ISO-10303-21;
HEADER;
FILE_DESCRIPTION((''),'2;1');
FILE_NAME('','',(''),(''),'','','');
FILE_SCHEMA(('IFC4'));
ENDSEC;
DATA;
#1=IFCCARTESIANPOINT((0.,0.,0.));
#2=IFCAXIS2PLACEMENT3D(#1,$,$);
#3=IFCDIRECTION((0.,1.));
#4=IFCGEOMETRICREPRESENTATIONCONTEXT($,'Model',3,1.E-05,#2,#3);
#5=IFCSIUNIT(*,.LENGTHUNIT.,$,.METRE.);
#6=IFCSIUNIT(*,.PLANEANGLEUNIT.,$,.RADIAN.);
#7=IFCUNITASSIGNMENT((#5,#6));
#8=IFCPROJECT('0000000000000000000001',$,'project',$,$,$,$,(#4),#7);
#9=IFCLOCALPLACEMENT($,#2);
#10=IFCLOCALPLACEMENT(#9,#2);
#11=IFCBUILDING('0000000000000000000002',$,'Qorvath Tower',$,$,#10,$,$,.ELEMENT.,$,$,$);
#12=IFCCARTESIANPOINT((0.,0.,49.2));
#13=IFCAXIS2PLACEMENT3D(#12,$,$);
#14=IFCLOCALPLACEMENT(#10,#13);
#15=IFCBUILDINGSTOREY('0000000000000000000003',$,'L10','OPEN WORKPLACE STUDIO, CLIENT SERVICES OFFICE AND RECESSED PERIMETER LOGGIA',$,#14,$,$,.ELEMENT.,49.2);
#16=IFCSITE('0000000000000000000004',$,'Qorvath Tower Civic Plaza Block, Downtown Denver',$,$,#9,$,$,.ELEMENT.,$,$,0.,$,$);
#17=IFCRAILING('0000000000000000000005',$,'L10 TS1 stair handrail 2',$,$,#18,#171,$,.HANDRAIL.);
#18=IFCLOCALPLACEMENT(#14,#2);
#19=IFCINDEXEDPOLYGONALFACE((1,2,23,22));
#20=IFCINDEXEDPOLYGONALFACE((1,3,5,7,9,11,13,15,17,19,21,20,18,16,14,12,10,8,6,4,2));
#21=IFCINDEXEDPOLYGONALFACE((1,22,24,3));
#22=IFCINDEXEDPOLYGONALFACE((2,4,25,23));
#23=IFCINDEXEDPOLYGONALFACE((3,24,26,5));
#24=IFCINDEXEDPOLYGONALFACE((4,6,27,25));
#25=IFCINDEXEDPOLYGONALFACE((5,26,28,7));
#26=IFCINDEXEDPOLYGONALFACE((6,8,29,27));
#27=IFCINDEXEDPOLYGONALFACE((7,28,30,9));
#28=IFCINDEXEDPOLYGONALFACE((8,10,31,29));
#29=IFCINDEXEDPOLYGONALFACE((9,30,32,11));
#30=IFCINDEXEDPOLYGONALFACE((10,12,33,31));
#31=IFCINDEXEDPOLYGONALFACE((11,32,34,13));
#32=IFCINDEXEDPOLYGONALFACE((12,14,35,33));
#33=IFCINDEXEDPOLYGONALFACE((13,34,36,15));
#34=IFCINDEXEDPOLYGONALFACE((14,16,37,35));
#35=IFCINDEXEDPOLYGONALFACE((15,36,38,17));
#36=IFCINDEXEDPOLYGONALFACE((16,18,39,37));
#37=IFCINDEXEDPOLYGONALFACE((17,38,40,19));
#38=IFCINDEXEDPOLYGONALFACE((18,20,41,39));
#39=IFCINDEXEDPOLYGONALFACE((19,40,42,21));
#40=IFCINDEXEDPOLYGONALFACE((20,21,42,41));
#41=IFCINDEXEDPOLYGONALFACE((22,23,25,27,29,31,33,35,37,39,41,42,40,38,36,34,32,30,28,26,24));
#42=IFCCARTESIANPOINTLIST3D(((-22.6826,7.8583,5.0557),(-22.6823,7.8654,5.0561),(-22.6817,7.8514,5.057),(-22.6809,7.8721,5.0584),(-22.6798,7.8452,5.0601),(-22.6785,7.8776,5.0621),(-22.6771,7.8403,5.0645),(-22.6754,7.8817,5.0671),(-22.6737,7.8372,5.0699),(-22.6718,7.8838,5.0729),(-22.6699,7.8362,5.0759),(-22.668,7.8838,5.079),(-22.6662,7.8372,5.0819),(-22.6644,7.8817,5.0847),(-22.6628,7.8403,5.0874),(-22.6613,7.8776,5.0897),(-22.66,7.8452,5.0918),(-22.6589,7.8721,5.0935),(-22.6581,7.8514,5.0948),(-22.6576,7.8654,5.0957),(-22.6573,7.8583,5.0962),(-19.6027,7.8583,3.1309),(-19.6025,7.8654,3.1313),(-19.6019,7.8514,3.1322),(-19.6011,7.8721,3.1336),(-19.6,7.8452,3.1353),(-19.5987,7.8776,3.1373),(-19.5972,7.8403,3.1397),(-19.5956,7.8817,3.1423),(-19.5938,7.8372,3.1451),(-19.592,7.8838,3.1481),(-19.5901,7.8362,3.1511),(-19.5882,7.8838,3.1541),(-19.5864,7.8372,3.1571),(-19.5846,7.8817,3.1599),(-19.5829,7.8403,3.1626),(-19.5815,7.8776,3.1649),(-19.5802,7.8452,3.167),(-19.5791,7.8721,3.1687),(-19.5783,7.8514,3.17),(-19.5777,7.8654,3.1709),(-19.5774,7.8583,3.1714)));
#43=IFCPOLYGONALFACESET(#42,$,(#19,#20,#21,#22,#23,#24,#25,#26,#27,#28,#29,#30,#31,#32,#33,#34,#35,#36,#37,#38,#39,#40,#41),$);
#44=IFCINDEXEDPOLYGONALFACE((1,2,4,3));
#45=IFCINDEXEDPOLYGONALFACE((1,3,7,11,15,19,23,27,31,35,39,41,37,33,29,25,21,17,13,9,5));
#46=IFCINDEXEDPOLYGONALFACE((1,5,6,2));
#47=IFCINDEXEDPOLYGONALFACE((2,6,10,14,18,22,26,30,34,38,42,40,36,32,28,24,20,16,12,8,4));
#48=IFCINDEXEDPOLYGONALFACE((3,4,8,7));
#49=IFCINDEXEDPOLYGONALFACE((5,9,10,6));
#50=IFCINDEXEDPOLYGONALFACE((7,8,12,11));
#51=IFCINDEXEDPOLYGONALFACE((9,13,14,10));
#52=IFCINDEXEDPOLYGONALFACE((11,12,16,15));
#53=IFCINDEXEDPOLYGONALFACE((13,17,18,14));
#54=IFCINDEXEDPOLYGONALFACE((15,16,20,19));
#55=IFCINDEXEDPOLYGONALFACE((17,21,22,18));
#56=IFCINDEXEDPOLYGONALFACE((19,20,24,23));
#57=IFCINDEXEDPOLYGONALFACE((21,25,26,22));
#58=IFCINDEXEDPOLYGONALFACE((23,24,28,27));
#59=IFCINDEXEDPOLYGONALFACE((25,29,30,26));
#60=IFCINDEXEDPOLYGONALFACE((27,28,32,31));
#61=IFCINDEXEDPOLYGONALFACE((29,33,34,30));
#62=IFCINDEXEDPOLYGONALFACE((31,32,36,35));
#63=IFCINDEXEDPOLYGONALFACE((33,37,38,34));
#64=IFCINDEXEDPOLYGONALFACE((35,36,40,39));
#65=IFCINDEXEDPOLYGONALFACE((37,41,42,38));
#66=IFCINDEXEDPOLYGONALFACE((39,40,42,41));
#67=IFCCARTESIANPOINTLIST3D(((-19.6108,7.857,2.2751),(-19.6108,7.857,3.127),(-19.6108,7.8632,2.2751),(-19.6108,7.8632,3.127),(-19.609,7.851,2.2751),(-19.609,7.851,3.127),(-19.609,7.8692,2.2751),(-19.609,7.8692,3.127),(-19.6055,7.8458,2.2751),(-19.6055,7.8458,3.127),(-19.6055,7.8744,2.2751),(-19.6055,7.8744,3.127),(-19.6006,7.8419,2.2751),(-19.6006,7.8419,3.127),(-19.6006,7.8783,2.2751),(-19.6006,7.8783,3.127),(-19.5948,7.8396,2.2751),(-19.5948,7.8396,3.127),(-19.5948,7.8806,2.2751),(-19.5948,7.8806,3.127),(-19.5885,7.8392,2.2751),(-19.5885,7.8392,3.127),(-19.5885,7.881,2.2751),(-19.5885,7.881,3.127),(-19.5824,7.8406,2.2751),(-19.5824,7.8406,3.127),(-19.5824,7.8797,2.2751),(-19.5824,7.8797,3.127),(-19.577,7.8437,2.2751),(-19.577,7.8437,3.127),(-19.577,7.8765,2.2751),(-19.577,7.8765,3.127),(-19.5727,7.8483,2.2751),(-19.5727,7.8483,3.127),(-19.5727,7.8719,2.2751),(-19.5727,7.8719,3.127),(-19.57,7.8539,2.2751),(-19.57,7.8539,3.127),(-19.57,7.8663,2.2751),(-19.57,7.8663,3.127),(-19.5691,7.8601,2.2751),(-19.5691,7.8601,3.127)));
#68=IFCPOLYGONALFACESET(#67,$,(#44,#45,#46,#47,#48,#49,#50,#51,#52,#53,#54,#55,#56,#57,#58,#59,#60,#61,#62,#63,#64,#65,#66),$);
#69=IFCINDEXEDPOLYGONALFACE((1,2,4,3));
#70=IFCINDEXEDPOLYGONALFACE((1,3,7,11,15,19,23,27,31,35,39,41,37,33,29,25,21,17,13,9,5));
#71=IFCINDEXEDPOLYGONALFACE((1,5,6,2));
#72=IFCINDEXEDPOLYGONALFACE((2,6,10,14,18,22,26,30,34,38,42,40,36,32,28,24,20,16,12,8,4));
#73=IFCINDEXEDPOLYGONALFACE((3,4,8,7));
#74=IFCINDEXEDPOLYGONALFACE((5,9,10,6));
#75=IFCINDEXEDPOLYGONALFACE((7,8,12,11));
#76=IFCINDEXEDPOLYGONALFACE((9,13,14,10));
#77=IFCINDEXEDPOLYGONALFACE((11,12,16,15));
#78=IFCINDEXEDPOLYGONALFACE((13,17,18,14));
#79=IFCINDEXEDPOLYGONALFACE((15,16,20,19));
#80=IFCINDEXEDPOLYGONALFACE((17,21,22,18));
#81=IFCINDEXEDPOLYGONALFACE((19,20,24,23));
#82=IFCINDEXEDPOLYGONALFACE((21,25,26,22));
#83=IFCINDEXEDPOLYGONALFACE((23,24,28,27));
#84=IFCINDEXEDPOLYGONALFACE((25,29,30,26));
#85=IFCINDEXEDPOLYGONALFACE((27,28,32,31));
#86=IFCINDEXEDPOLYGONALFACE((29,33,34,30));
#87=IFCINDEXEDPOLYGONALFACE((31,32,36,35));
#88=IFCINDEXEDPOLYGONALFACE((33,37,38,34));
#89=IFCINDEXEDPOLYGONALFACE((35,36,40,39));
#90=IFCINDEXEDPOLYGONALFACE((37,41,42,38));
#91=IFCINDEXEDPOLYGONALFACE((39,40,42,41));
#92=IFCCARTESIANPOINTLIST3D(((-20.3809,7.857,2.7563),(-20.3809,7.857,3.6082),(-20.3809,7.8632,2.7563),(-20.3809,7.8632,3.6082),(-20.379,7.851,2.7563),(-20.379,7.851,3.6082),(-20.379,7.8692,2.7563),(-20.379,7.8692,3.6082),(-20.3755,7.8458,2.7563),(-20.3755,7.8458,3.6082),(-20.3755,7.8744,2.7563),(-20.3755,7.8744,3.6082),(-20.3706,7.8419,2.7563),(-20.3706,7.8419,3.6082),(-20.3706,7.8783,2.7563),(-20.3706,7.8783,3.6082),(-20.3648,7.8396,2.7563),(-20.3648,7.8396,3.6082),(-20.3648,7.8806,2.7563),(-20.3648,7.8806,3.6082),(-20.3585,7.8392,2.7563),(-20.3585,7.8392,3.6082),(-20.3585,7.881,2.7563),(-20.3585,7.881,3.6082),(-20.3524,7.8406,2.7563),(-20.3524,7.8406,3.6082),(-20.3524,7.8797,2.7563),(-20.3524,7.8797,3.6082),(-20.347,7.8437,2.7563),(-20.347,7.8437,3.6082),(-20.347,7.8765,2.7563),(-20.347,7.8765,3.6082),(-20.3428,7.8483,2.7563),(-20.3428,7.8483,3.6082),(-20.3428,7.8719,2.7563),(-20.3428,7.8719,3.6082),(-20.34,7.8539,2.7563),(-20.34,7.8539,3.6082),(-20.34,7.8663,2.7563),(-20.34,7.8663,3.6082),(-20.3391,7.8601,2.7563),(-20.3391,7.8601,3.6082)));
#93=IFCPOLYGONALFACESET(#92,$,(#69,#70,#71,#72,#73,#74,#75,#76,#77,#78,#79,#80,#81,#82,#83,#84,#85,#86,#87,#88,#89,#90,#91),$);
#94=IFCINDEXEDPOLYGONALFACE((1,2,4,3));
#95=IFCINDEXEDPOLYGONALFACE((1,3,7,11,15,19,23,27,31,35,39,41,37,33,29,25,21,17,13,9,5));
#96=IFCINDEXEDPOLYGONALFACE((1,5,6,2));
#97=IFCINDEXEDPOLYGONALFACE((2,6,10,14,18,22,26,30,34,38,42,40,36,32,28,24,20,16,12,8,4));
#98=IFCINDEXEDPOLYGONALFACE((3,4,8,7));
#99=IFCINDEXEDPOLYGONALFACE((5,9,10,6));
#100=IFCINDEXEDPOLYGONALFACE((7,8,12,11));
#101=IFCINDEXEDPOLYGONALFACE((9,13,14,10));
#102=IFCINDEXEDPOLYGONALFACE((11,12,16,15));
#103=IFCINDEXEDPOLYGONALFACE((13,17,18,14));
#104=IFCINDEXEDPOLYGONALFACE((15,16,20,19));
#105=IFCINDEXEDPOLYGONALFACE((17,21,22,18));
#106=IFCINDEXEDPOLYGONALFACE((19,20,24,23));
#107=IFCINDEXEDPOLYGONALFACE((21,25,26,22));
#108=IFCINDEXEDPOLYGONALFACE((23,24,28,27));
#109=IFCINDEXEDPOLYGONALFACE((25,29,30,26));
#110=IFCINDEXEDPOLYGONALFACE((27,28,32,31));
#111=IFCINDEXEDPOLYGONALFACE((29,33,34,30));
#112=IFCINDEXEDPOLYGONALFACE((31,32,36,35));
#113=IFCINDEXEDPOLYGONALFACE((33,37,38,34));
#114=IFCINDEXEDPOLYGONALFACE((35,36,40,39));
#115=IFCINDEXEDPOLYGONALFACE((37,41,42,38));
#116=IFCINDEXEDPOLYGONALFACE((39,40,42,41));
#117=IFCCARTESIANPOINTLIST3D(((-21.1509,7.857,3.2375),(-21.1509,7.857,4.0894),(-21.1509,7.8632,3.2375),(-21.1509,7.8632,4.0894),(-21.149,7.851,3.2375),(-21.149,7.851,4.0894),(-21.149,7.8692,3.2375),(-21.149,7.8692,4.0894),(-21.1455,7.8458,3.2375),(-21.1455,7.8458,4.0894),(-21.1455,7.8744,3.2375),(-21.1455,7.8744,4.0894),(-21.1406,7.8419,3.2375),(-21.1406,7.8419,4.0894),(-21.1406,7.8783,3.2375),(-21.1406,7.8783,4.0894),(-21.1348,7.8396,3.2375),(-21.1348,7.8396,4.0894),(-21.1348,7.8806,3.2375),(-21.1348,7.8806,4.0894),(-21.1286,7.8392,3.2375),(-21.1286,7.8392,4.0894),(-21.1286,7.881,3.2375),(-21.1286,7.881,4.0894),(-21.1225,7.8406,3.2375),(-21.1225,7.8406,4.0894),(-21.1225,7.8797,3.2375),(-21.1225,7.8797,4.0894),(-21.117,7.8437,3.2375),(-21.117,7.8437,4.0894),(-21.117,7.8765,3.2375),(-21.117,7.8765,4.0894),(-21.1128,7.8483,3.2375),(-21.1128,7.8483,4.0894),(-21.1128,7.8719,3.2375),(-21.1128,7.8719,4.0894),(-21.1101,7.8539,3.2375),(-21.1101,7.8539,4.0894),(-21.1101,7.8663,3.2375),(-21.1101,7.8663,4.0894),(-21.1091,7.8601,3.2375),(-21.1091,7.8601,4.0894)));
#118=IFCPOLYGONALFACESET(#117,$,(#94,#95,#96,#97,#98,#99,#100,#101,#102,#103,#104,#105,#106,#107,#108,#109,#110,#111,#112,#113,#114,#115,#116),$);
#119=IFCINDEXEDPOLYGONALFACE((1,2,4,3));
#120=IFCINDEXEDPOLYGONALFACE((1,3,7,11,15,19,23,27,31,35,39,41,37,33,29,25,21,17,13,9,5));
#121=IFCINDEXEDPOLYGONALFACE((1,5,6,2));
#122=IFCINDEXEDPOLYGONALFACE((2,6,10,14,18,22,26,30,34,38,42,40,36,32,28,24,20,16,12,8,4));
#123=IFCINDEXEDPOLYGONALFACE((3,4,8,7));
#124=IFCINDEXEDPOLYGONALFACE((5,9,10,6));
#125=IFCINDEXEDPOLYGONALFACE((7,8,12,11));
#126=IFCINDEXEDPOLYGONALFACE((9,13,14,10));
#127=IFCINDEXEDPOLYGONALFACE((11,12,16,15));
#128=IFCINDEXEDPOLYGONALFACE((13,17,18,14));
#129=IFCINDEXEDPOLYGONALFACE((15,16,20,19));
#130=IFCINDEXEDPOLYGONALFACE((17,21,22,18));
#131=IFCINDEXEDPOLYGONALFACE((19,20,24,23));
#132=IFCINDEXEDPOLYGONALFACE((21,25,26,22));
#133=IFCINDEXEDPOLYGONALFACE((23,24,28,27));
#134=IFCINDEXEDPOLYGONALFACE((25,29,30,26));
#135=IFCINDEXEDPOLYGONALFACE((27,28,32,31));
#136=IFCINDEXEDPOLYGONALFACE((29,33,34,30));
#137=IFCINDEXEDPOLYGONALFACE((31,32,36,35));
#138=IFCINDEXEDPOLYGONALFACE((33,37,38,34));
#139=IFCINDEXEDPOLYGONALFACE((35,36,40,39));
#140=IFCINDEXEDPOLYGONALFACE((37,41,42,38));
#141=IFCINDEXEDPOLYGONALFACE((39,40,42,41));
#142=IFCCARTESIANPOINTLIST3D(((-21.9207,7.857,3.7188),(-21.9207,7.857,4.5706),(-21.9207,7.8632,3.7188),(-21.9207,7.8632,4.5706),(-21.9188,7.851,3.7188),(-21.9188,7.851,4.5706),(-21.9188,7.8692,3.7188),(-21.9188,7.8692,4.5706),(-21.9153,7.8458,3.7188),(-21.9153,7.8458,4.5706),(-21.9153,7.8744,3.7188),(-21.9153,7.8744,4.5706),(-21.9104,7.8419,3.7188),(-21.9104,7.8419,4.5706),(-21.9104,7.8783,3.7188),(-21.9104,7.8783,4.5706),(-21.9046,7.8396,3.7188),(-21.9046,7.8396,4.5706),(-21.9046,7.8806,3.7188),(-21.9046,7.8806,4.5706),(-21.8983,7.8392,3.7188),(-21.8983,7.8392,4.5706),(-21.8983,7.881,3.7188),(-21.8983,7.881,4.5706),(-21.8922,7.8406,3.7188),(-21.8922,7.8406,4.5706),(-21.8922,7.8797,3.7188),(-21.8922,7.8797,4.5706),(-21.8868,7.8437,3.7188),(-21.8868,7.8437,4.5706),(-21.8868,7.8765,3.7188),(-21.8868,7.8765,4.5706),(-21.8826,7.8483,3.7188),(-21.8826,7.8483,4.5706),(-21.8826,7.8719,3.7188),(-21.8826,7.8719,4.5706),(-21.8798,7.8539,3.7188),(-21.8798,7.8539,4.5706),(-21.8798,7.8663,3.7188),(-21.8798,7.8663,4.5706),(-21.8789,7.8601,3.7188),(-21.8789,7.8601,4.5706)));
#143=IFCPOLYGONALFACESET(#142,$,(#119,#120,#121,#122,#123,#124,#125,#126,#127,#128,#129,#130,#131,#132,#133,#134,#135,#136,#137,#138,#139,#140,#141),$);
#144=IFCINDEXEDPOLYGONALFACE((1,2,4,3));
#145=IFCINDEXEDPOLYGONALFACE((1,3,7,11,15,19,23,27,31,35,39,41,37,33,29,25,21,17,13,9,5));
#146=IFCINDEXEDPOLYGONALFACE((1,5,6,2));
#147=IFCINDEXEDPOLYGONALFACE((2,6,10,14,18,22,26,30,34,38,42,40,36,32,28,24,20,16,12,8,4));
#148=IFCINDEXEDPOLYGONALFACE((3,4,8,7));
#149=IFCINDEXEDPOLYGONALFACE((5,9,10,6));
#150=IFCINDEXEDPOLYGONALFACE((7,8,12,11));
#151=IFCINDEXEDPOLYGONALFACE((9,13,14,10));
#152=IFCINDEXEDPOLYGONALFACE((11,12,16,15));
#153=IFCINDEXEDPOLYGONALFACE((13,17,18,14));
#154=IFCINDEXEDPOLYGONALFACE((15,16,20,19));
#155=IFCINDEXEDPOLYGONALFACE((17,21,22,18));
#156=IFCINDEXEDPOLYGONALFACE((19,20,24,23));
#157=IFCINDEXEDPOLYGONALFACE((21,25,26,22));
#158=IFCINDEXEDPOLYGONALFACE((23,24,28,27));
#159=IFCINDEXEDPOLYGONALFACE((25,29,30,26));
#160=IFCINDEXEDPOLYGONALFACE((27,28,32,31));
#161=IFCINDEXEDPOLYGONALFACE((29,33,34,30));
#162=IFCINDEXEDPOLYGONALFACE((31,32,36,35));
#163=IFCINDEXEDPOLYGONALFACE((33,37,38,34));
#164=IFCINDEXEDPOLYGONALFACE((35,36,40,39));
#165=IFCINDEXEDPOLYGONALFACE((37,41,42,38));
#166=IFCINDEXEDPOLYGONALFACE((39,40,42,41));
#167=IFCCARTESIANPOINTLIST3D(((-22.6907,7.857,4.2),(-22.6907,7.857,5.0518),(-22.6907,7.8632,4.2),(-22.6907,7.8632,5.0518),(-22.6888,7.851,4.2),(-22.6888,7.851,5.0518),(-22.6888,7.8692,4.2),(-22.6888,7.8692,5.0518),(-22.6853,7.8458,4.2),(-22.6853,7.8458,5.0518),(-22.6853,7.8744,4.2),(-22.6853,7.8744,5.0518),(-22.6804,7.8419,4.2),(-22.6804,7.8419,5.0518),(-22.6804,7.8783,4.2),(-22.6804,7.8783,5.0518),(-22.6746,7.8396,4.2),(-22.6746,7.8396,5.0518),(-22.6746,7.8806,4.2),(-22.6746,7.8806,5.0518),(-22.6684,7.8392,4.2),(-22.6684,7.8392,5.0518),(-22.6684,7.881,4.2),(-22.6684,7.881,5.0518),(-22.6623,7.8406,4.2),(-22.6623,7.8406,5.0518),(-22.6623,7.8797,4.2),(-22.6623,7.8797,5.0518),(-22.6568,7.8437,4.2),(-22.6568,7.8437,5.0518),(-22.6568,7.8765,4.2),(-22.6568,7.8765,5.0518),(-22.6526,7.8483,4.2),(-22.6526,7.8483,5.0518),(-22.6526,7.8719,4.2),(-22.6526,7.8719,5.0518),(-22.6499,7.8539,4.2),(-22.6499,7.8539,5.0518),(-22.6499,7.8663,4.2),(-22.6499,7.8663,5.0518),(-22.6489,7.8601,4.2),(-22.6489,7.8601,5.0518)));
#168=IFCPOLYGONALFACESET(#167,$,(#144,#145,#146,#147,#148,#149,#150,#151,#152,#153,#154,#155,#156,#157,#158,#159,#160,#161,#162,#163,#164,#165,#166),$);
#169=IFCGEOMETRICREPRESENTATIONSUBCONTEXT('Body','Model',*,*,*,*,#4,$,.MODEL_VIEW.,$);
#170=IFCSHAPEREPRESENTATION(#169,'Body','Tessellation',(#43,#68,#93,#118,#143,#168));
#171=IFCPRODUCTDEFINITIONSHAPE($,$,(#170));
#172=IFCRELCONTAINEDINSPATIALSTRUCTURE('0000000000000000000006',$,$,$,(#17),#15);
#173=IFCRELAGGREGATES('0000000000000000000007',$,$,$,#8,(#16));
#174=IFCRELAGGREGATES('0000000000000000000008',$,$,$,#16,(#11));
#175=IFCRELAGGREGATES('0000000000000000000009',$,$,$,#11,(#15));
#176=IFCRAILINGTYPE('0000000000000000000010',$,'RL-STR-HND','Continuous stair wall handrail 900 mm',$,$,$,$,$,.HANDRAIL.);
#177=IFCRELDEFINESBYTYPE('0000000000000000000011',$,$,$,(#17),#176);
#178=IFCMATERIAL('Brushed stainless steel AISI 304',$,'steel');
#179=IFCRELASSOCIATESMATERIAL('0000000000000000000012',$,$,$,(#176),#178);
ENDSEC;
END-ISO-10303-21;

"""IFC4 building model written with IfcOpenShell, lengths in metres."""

from ifc_helpers import new_model, si_unit, direction, frame, origin, origin_2d, place, context, subcontext, project, spatial, circle, extrude, material, type_object, element, save


model = new_model("IFC4")

# Units and contexts
model_context = context("Model", 3, precision=1e-05, world=origin(), true_north=direction((0.0, 1.0)))
body_context = subcontext(model_context, "Body", "Model", "MODEL_VIEW")
ifc_project = project(units=[si_unit("LENGTHUNIT", "METRE"), si_unit("PLANEANGLEUNIT", "RADIAN")], contexts=[model_context])

# Site, building, storey
site_placement = place(None, origin())
site = spatial("IfcSite", under=ifc_project, at=site_placement, Name="Qorvath Tower Civic Plaza Block, Downtown Denver", CompositionType="ELEMENT", RefElevation=0.0)
building_placement = place(site_placement, origin())
building = spatial("IfcBuilding", under=site, at=building_placement, Name="Qorvath Tower", CompositionType="ELEMENT")
storey_placement = place(building_placement, frame((0.0, 0.0, 49.2)))
storey = spatial("IfcBuildingStorey", under=building, at=storey_placement, Name="L10", Description="OPEN WORKPLACE STUDIO, CLIENT SERVICES OFFICE AND RECESSED PERIMETER LOGGIA", CompositionType="ELEMENT", Elevation=49.2)

# Railing
ifc_material_1 = material(Name="Brushed stainless steel AISI 304", Category="steel")
railing_type = type_object("IfcRailingType", Name="RL-STR-HND", Description="Continuous stair wall handrail 900 mm", PredefinedType="HANDRAIL", material=ifc_material_1)
railing_placement = place(storey_placement, frame((-19.5901, 7.8601, 2.2751)))
element("IfcRailing", 1, at=railing_placement, inside=storey, type_object=railing_type, Name="L10 TS1 stair handrail 2", PredefinedType="HANDRAIL", context=body_context, shape_type="SweptSolid", body=[
    extrude(circle(Radius=0.0239, at=origin_2d()), frame((0.0, 0.0, 0.876), z_axis=(-0.84801, 0.0, 0.529981), x_axis=(0.0, -1.0, 0.0)), (0.0, 0.0, 1.0), 3.6318),
    extrude(circle(Radius=0.021, at=origin_2d()), origin(), (0.0, 0.0, 1.0), 0.8518),
    extrude(circle(Radius=0.021, at=origin_2d()), frame((-0.77, 0.0, 0.4812)), (0.0, 0.0, 1.0), 0.8518),
    extrude(circle(Radius=0.021, at=origin_2d()), frame((-1.54, 0.0, 0.9624)), (0.0, 0.0, 1.0), 0.8518),
    extrude(circle(Radius=0.021, at=origin_2d()), frame((-2.3098, 0.0, 1.4436)), (0.0, 0.0, 1.0), 0.8518),
    extrude(circle(Radius=0.021, at=origin_2d()), frame((-3.0798, 0.0, 1.9248)), (0.0, 0.0, 1.0), 0.8518),
])

save(model, "model.ifc")
